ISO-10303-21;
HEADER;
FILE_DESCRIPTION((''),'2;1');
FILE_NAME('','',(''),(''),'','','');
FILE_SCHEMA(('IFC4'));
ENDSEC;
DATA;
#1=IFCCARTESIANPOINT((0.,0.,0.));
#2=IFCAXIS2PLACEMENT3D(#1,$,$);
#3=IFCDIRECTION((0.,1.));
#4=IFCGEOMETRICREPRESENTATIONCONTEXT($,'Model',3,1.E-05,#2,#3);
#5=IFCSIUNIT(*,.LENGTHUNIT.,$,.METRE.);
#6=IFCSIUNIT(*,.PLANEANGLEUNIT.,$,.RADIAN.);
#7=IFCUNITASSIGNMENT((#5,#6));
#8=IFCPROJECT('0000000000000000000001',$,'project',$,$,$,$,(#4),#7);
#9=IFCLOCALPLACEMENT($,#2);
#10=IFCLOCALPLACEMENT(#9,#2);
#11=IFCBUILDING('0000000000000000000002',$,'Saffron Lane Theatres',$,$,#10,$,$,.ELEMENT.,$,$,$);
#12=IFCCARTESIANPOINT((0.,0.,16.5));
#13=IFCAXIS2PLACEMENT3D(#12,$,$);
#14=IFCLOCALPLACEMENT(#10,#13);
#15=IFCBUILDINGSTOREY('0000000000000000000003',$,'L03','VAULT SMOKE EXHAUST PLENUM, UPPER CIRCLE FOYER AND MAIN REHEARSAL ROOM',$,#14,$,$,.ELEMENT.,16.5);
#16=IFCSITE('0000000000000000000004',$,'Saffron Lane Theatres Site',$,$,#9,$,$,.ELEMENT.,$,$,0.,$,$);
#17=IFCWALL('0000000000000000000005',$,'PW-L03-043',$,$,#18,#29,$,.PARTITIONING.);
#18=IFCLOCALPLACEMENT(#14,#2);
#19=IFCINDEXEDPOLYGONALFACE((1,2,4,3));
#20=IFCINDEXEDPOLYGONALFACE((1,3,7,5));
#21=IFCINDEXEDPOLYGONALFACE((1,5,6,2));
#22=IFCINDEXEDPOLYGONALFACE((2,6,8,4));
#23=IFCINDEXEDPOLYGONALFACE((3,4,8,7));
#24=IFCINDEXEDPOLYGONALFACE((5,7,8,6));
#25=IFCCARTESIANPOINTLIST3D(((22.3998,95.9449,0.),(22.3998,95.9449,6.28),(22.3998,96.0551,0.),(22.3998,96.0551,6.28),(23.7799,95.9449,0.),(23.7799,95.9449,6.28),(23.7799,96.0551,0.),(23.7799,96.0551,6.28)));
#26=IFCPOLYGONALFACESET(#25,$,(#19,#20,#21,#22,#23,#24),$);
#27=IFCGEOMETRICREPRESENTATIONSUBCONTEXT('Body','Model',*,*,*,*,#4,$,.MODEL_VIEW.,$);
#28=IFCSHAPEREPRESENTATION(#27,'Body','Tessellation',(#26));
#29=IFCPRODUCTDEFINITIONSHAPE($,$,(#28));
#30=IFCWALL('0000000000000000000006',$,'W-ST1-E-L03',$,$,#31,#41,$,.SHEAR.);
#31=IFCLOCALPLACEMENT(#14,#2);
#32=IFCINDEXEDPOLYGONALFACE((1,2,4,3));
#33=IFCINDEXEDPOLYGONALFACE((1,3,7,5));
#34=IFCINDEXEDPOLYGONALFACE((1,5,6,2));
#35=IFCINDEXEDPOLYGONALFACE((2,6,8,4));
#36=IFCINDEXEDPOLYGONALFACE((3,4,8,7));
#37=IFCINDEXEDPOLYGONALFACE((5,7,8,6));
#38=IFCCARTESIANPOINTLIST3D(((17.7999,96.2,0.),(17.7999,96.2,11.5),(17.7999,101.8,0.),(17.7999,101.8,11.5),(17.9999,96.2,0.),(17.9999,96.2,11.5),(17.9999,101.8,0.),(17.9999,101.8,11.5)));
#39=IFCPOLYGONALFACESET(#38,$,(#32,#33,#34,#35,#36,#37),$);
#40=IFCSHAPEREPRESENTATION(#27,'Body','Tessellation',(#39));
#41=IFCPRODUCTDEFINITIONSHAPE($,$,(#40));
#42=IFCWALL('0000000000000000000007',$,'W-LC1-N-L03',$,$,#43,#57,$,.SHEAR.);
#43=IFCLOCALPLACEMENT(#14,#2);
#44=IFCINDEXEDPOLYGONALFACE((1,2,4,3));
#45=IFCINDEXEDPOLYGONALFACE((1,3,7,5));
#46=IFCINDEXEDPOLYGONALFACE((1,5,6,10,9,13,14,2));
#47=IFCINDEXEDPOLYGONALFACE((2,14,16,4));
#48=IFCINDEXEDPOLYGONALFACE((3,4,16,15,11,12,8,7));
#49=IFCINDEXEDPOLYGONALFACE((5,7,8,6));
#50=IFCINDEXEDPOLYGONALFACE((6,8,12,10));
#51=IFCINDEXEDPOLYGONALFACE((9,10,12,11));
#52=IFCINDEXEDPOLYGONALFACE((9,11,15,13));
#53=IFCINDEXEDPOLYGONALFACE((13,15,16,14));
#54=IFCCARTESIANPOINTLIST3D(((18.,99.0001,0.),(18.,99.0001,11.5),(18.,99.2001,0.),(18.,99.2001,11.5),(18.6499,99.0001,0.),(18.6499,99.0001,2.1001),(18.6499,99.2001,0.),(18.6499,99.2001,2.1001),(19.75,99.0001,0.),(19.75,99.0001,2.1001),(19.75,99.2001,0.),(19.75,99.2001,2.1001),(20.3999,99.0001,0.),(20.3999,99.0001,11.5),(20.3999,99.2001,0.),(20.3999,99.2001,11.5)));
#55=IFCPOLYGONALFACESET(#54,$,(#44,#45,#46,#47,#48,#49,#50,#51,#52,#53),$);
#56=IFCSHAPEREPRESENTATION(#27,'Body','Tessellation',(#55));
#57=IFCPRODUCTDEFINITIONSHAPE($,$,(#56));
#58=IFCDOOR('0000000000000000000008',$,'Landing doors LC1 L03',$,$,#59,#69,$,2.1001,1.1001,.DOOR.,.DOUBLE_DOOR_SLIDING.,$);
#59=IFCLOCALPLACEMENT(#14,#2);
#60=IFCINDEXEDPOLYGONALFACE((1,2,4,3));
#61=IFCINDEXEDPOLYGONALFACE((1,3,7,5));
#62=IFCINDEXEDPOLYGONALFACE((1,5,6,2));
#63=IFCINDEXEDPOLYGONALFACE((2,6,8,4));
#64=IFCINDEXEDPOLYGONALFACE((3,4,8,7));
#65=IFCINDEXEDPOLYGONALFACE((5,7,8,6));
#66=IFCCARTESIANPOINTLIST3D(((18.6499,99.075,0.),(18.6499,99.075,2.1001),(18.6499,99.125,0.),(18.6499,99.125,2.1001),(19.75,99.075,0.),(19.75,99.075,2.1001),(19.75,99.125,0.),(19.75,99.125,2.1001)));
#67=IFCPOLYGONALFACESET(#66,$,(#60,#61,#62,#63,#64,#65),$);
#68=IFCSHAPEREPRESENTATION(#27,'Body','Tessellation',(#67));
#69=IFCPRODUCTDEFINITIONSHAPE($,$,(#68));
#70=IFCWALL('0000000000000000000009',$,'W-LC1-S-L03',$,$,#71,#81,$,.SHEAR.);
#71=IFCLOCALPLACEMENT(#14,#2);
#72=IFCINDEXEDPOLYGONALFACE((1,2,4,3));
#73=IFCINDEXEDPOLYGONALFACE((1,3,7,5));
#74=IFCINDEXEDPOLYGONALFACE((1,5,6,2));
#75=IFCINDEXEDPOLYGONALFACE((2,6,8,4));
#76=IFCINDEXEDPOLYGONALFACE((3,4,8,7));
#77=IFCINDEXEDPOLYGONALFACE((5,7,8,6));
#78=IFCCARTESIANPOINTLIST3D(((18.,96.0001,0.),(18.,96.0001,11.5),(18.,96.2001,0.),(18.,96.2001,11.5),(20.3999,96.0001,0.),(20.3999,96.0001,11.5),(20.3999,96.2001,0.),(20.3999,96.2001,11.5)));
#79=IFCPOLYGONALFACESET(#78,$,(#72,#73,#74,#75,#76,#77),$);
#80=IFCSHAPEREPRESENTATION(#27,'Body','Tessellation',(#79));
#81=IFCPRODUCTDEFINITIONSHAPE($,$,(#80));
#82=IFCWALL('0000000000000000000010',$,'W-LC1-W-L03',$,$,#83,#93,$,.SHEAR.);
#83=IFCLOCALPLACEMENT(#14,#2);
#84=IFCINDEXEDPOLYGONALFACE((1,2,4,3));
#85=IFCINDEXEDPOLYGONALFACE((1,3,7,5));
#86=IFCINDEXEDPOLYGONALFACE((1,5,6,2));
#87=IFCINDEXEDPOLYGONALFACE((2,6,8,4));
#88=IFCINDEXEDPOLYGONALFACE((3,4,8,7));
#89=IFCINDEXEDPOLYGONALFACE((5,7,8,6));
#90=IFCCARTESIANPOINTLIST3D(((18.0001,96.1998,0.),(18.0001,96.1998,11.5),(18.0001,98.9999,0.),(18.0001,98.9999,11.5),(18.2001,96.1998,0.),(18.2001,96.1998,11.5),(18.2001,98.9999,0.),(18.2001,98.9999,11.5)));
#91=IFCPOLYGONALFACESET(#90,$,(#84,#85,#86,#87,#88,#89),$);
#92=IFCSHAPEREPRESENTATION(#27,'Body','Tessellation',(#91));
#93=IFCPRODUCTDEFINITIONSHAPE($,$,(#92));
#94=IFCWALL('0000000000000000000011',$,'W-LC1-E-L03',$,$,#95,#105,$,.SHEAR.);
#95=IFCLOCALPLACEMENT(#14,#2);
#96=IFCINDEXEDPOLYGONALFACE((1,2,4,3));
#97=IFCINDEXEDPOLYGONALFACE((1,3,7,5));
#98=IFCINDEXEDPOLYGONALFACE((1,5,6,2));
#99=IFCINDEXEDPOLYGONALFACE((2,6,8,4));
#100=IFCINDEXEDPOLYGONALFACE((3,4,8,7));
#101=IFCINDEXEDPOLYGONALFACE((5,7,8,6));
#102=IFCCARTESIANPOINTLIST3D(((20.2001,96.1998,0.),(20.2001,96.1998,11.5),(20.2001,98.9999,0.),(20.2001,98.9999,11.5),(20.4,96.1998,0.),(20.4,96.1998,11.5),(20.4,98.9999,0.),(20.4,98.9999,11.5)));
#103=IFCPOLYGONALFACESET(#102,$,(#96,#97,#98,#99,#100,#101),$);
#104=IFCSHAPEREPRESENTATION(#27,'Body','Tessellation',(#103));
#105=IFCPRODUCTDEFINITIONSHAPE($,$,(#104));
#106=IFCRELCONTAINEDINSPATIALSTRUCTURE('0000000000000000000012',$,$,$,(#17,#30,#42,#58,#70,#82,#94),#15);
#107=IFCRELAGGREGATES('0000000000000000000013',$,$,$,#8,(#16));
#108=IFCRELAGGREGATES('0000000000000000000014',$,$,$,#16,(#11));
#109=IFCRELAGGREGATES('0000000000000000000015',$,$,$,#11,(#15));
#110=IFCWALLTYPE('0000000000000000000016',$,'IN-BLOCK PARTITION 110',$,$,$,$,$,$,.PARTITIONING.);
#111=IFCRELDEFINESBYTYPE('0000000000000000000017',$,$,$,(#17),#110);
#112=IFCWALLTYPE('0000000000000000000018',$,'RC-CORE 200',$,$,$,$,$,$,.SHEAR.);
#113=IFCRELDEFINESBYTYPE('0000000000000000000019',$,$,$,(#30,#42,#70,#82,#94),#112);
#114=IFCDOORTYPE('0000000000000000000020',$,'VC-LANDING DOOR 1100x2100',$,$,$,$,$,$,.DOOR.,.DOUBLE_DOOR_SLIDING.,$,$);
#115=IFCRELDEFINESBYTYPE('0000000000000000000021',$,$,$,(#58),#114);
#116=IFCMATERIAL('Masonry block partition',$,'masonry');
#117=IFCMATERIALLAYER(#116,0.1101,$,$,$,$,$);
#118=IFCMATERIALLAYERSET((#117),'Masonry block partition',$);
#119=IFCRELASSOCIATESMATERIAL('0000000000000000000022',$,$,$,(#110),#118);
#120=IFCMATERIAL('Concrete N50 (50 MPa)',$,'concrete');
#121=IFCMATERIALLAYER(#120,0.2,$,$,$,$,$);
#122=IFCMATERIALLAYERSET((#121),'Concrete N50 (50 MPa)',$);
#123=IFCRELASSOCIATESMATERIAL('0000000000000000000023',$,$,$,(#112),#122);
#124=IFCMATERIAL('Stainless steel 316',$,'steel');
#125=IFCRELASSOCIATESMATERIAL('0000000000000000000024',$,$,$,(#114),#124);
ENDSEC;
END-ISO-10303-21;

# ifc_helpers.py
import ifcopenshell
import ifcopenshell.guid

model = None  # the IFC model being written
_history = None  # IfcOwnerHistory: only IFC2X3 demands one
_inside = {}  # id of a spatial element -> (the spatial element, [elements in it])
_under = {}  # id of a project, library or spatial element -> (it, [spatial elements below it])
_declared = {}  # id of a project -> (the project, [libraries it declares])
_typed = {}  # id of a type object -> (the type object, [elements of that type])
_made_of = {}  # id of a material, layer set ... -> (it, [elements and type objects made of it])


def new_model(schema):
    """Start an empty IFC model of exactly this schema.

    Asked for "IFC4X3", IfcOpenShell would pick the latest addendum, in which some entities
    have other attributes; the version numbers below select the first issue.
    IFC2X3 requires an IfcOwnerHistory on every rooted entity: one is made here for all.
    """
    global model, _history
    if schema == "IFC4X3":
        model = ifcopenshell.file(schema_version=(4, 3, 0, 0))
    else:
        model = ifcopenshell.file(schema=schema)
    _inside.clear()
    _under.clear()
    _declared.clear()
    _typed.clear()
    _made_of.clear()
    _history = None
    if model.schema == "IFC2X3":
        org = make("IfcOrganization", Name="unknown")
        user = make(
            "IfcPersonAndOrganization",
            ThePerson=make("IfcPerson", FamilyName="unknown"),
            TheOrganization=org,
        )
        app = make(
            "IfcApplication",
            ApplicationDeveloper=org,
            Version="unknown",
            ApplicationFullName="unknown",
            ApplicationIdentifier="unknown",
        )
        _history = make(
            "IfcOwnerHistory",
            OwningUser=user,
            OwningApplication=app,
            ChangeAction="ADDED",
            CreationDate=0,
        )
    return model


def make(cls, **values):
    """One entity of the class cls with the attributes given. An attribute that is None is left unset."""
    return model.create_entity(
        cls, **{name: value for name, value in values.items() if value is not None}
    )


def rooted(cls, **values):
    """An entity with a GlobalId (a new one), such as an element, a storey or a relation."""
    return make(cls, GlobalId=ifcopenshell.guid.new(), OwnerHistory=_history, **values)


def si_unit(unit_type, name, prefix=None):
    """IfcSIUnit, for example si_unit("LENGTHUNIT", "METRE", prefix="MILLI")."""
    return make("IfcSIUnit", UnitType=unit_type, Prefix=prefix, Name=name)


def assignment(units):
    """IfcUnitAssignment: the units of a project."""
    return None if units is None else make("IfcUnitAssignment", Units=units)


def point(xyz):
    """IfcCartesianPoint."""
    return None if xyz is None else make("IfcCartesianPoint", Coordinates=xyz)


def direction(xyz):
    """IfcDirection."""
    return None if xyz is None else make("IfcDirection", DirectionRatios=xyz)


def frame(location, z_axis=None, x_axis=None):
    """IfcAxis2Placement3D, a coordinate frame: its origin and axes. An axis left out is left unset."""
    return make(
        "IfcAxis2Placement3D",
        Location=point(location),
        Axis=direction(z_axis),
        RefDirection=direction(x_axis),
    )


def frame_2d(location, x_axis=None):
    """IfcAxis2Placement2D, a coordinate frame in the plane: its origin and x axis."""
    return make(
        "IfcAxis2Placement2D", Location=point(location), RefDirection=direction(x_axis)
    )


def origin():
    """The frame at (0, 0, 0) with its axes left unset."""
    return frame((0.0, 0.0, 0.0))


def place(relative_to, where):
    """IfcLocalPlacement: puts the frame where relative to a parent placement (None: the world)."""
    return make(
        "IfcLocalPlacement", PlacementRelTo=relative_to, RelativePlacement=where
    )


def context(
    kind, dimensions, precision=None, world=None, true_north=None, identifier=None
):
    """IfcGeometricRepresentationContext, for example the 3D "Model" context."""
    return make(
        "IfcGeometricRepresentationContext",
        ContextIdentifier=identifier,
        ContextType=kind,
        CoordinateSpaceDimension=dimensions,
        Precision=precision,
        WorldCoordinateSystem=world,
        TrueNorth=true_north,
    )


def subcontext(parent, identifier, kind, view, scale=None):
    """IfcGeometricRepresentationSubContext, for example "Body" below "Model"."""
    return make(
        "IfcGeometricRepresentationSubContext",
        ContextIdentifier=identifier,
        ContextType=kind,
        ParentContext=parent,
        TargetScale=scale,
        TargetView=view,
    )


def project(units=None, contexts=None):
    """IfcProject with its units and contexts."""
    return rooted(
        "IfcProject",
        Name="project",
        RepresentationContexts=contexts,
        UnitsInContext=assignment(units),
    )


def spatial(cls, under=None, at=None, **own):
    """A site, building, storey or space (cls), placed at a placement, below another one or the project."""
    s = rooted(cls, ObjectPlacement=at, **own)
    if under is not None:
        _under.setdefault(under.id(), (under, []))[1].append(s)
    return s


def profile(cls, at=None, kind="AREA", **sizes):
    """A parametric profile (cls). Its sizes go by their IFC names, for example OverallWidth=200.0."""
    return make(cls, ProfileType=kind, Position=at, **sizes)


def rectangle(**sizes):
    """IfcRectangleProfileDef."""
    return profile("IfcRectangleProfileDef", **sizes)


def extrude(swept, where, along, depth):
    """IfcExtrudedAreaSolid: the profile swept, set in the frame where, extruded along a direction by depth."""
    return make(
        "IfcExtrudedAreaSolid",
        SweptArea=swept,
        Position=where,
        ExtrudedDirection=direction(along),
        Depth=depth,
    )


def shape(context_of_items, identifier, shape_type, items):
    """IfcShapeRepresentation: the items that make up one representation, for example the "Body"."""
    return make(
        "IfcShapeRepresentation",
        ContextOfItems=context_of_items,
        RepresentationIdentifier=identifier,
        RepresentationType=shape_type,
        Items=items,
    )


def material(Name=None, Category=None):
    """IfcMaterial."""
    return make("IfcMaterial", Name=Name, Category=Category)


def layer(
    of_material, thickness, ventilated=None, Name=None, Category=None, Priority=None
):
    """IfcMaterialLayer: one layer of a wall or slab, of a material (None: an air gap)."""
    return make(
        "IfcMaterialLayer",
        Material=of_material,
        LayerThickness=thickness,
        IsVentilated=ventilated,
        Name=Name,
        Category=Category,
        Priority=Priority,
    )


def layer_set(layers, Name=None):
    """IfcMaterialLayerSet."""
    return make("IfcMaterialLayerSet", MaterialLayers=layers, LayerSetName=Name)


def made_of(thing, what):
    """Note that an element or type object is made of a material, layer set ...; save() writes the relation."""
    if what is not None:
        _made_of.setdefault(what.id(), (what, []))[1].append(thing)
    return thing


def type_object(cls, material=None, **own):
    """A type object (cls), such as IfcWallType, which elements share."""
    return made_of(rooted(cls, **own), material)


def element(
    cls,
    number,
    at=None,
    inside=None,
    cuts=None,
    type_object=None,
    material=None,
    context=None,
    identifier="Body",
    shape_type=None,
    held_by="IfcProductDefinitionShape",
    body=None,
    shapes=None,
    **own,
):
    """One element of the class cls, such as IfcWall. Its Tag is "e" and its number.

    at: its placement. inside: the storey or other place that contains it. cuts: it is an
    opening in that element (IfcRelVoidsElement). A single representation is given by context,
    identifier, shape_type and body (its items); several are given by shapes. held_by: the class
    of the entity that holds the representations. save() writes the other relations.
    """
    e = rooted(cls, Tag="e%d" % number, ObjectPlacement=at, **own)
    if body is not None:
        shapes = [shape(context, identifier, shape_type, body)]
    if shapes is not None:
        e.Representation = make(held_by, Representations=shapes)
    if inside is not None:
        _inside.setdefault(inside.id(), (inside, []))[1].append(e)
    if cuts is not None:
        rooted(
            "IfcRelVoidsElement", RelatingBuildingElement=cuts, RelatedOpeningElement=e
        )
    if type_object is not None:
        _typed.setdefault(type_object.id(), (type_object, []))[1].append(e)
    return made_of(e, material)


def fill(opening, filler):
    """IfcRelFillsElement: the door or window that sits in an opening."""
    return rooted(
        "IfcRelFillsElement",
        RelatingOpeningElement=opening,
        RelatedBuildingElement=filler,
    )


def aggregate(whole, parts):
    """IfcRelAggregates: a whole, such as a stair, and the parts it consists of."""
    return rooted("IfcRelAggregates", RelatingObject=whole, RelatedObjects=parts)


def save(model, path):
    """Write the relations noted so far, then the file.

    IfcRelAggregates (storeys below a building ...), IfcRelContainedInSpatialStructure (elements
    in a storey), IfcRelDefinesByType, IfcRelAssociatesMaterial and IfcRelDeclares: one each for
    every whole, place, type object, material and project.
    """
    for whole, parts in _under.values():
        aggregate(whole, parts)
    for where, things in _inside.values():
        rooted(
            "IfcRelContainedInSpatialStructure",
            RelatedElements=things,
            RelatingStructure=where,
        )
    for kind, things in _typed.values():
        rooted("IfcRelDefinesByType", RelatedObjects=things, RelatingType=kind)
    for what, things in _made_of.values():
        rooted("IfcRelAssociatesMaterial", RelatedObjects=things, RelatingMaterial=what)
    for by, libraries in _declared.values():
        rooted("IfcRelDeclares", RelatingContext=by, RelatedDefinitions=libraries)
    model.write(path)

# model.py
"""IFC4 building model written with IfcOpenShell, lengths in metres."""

from ifc_helpers import new_model, si_unit, direction, frame, frame_2d, origin, place, context, subcontext, project, spatial, rectangle, extrude, material, layer, layer_set, type_object, element, fill, save


model = new_model("IFC4")

# Units and contexts
model_context = context("Model", 3, precision=1e-05, world=origin(), true_north=direction((0.0, 1.0)))
body_context = subcontext(model_context, "Body", "Model", "MODEL_VIEW")
ifc_project = project(units=[si_unit("LENGTHUNIT", "METRE"), si_unit("PLANEANGLEUNIT", "RADIAN")], contexts=[model_context])

# Site, building, storey
site_placement = place(None, origin())
site = spatial("IfcSite", under=ifc_project, at=site_placement, Name="Saffron Lane Theatres Site", CompositionType="ELEMENT", RefElevation=0.0)
building_placement = place(site_placement, origin())
building = spatial("IfcBuilding", under=site, at=building_placement, Name="Saffron Lane Theatres", CompositionType="ELEMENT")
storey_placement = place(building_placement, frame((0.0, 0.0, 16.5)))
storey = spatial("IfcBuildingStorey", under=building, at=storey_placement, Name="L03", Description="VAULT SMOKE EXHAUST PLENUM, UPPER CIRCLE FOYER AND MAIN REHEARSAL ROOM", CompositionType="ELEMENT", Elevation=16.5)

# Shared definitions
ifc_material_1 = material(Name="Masonry block partition", Category="masonry")
ifc_layer_1 = layer(ifc_material_1, 0.1101)
ifc_layer_set_1 = layer_set([ifc_layer_1], Name="Masonry block partition")
wall_type_1 = type_object("IfcWallType", Name="IN-BLOCK PARTITION 110", PredefinedType="PARTITIONING", material=ifc_layer_set_1)

# Walls
wall_1_placement = place(storey_placement, frame((22.3999, 96.0, 0.0), z_axis=(0.0, 0.0, 1.0), x_axis=(1.0, 0.0, 0.0)))
element("IfcWall", 1, at=wall_1_placement, inside=storey, type_object=wall_type_1, Name="PW-L03-043", PredefinedType="PARTITIONING", context=body_context, shape_type="SweptSolid", body=[
    extrude(rectangle(XDim=1.3801, YDim=0.1101, at=frame_2d((0.6899, 0.0))), origin(), (0.0, 0.0, 1.0), 6.28),
])
ifc_material_2 = material(Name="Concrete N50 (50 MPa)", Category="concrete")
ifc_layer_2 = layer(ifc_material_2, 0.2)
ifc_layer_set_2 = layer_set([ifc_layer_2], Name="Concrete N50 (50 MPa)")
wall_type_2 = type_object("IfcWallType", Name="RC-CORE 200", PredefinedType="SHEAR", material=ifc_layer_set_2)
wall_2_placement = place(storey_placement, frame((17.8999, 96.2, 0.0), z_axis=(0.0, 0.0, 1.0), x_axis=(0.0, 1.0, 0.0)))
element("IfcWall", 2, at=wall_2_placement, inside=storey, type_object=wall_type_2, Name="W-ST1-E-L03", PredefinedType="SHEAR", context=body_context, shape_type="SweptSolid", body=[
    extrude(rectangle(XDim=5.6001, YDim=0.2, at=frame_2d((2.8, 0.0))), origin(), (0.0, 0.0, 1.0), 11.5),
])

# Wall, opening, door
wall_3_placement = place(storey_placement, frame((18.0, 99.1001, 0.0), z_axis=(0.0, 0.0, 1.0), x_axis=(1.0, 0.0, 0.0)))
wall_3 = element("IfcWall", 3, at=wall_3_placement, inside=storey, type_object=wall_type_2, Name="W-LC1-N-L03", PredefinedType="SHEAR", context=body_context, shape_type="SweptSolid", body=[
    extrude(rectangle(XDim=2.3999, YDim=0.2, at=frame_2d((1.2, 0.0))), origin(), (0.0, 0.0, 1.0), 11.5),
])
opening_1_placement = place(wall_3_placement, frame((0.6499, 0.0, 0.0)))
opening_1 = element("IfcOpeningElement", 4, at=opening_1_placement, cuts=wall_3, PredefinedType="OPENING", context=body_context, shape_type="SweptSolid", body=[
    extrude(rectangle(XDim=1.1001, YDim=2.1001, at=frame_2d((0.55, 1.05))), frame((0.0, 0.1099, 0.0), z_axis=(0.0, -1.0, 0.0), x_axis=(1.0, 0.0, 0.0)), (0.0, 0.0, 1.0), 0.22),
])
ifc_material_3 = material(Name="Stainless steel 316", Category="steel")
door_type_1 = type_object("IfcDoorType", Name="VC-LANDING DOOR 1100x2100", OperationType="DOUBLE_DOOR_SLIDING", PredefinedType="DOOR", material=ifc_material_3)
door_1_placement = place(opening_1_placement, origin())
door_1 = element("IfcDoor", 5, at=door_1_placement, inside=storey, type_object=door_type_1, Name="Landing doors LC1 L03", OperationType="DOUBLE_DOOR_SLIDING", OverallHeight=2.1001, OverallWidth=1.1001, PredefinedType="DOOR", context=body_context, shape_type="SweptSolid", body=[
    extrude(rectangle(XDim=1.1001, YDim=2.1001, at=frame_2d((0.55, 1.05))), frame((0.0, 0.0249, 0.0), z_axis=(0.0, -1.0, 0.0), x_axis=(1.0, 0.0, 0.0)), (0.0, 0.0, 1.0), 0.05),
])
fill(opening_1, door_1)

# Walls
wall_4_placement = place(storey_placement, frame((18.0, 96.1001, 0.0), z_axis=(0.0, 0.0, 1.0), x_axis=(1.0, 0.0, 0.0)))
element("IfcWall", 6, at=wall_4_placement, inside=storey, type_object=wall_type_2, Name="W-LC1-S-L03", PredefinedType="SHEAR", context=body_context, shape_type="SweptSolid", body=[
    extrude(rectangle(XDim=2.3999, YDim=0.2, at=frame_2d((1.2, 0.0))), origin(), (0.0, 0.0, 1.0), 11.5),
])
for number, where, z_axis, x_axis, name in (
    (7, (18.1001, 96.2, 0.0), (0.0, 0.0, 1.0), (0.0, 1.0, 0.0), "W-LC1-W-L03"),
    (8, (20.3, 96.2, 0.0), (0.0, 0.0, 1.0), (0.0, 1.0, 0.0), "W-LC1-E-L03"),
):
    element("IfcWall", number, at=place(storey_placement, frame(where, z_axis=z_axis, x_axis=x_axis)), inside=storey, type_object=wall_type_2, Name=name, PredefinedType="SHEAR", context=body_context, shape_type="SweptSolid", body=[
        extrude(rectangle(XDim=2.8, YDim=0.2, at=frame_2d((1.3999, 0.0))), origin(), (0.0, 0.0, 1.0), 11.5),
    ])

save(model, "model.ifc")
